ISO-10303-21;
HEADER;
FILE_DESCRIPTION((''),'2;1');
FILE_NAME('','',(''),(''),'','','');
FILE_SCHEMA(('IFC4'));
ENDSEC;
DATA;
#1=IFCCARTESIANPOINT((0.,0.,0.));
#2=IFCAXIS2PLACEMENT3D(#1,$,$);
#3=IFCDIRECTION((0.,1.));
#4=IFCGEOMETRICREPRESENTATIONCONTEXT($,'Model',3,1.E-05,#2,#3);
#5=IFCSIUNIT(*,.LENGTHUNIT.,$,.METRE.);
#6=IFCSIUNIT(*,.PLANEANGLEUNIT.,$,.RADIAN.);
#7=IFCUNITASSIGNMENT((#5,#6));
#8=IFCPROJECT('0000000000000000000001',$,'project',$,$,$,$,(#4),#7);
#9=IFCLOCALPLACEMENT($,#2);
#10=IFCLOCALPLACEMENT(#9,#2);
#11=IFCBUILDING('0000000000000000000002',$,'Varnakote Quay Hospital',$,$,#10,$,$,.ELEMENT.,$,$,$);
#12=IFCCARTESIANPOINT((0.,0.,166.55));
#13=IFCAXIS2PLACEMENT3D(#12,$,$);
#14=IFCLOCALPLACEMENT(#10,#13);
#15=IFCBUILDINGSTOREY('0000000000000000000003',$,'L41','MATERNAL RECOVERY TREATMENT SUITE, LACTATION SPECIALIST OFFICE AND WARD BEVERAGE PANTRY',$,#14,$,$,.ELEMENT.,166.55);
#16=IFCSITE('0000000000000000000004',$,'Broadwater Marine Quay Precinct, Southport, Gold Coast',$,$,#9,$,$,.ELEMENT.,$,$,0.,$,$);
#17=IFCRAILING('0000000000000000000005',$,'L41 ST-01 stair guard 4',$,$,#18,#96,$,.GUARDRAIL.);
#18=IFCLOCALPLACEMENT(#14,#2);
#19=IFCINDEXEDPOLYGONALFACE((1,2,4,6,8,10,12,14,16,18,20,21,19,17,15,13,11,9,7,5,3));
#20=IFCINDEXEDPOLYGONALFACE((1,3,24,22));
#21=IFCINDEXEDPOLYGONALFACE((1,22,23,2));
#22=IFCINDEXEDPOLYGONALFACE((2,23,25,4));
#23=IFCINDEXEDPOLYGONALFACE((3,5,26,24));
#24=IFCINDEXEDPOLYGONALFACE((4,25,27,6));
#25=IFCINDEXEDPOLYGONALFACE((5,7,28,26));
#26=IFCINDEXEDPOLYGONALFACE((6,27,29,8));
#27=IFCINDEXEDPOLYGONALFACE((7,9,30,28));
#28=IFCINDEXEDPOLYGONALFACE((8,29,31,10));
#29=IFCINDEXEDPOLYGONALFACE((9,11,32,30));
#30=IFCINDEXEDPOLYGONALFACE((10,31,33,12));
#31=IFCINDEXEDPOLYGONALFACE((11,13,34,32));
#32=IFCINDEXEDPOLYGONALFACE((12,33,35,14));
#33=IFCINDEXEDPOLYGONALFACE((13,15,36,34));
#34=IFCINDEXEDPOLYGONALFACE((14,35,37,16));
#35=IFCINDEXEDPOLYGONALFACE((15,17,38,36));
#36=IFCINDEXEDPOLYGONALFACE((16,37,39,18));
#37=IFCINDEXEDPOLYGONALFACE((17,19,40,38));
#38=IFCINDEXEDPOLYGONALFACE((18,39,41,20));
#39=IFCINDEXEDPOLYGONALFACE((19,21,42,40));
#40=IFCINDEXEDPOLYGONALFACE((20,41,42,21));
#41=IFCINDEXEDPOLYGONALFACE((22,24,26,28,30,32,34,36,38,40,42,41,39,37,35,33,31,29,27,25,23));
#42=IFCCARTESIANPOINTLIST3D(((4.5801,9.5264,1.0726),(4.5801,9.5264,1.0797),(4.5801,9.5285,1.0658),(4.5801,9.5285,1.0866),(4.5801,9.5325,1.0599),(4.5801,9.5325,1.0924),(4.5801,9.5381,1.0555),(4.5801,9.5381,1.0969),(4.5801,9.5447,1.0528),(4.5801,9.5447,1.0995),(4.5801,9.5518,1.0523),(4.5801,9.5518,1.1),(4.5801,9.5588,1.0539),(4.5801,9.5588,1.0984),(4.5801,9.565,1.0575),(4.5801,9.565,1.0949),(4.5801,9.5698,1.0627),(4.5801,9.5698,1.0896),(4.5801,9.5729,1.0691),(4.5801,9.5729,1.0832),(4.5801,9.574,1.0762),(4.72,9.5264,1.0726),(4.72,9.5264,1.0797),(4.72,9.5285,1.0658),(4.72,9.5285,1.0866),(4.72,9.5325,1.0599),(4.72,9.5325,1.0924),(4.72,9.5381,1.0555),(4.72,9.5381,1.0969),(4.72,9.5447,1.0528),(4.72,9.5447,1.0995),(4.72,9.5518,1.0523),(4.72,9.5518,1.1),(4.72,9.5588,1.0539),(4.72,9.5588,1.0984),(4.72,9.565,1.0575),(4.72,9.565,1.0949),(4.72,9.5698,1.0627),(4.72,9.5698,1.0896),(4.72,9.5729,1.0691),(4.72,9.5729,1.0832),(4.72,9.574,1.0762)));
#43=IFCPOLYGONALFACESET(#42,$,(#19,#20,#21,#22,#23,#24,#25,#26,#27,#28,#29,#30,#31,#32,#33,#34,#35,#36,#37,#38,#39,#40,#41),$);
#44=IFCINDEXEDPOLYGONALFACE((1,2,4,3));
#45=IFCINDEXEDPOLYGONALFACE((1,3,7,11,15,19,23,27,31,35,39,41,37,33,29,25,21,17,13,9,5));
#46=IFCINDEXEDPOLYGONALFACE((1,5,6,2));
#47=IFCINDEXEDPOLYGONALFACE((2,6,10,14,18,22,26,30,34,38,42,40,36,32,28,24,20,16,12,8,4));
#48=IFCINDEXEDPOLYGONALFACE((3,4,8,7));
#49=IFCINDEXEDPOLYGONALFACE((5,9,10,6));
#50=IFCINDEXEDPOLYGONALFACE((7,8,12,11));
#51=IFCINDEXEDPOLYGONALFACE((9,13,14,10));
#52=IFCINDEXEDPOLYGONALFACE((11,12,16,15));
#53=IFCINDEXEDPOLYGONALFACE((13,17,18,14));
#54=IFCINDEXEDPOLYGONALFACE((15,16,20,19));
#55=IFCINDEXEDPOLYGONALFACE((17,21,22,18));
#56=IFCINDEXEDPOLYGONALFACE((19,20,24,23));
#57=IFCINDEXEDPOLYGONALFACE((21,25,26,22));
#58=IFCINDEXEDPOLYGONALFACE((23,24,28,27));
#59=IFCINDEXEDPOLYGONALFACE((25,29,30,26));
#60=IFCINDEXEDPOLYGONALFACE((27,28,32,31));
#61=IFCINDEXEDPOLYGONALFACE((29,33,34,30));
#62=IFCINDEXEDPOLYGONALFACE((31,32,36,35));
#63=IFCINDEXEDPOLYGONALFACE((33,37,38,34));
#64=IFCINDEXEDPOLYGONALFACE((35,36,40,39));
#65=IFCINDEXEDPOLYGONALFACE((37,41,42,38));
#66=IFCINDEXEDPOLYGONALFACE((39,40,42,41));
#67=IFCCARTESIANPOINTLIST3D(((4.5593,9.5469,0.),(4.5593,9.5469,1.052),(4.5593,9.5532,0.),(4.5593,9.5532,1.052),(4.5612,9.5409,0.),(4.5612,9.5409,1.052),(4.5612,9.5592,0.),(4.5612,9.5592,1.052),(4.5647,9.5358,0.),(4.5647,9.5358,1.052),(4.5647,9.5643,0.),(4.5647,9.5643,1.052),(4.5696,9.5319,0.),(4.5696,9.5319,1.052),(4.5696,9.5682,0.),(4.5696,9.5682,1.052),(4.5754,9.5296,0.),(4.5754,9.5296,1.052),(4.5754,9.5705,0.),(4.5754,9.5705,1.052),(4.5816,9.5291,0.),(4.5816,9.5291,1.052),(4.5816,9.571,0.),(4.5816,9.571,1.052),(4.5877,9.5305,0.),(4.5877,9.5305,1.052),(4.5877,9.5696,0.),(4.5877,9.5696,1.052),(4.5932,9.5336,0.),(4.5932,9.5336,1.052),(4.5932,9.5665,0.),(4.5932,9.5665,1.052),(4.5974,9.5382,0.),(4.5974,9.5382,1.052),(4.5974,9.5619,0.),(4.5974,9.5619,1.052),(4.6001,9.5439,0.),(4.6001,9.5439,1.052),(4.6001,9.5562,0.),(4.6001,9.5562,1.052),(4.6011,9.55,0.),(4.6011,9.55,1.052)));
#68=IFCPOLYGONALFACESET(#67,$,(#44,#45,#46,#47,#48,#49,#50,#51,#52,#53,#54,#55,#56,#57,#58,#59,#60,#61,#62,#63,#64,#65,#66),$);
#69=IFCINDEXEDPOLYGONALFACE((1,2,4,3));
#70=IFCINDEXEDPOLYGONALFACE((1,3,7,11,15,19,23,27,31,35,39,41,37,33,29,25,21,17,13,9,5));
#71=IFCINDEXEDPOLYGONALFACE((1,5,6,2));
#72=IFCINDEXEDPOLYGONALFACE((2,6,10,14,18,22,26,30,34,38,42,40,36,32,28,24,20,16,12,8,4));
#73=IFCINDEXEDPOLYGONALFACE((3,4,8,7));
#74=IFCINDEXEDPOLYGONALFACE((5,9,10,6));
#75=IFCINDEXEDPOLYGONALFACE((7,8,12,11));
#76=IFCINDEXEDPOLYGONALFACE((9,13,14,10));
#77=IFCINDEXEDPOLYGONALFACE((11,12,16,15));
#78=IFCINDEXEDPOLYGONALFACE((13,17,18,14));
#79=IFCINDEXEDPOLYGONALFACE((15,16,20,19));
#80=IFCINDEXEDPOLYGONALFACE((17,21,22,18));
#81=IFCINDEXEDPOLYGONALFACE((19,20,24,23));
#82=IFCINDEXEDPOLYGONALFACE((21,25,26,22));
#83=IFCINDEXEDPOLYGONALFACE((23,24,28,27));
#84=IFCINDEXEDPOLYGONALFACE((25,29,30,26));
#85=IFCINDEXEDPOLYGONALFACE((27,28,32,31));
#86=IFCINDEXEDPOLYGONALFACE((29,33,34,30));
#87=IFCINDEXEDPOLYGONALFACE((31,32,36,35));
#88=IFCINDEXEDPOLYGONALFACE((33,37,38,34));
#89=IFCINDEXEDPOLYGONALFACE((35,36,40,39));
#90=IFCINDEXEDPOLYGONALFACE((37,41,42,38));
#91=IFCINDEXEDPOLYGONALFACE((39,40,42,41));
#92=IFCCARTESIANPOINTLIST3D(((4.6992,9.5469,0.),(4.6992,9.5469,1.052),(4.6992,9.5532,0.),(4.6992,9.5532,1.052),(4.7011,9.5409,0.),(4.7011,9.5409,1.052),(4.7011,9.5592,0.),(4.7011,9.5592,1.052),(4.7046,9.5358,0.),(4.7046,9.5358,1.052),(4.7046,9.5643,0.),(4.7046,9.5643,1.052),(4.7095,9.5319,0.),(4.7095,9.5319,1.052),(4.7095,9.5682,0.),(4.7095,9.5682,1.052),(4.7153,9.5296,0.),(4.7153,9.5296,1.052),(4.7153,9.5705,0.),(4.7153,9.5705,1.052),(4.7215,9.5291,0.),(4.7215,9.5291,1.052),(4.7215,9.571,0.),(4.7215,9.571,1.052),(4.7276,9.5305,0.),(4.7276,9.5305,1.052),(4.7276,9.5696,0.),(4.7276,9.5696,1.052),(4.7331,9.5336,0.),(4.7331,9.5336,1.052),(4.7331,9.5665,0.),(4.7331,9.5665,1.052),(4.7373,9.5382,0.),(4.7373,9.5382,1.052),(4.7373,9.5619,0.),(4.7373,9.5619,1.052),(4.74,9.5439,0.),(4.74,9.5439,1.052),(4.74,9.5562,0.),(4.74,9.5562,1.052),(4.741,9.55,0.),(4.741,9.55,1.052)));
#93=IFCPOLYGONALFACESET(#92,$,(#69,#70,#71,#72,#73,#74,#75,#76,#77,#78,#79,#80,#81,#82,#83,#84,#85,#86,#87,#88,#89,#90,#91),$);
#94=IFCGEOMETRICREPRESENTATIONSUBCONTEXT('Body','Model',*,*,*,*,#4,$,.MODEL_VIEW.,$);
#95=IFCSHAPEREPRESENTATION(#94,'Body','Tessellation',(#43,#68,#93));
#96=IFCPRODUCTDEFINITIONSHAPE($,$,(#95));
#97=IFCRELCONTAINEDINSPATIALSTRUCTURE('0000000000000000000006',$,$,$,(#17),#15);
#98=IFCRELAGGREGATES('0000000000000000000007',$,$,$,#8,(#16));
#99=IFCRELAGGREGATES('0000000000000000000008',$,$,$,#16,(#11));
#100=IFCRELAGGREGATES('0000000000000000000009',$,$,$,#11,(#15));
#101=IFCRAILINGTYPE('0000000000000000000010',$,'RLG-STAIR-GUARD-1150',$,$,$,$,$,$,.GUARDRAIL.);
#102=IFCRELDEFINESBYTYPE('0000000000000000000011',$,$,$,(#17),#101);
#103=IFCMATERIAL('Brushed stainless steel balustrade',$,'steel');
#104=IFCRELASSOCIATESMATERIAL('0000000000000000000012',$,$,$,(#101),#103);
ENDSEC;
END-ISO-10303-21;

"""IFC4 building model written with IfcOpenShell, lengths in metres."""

from ifc_helpers import new_model, si_unit, direction, frame, origin, origin_2d, place, context, subcontext, project, spatial, circle, extrude, material, type_object, element, save


model = new_model("IFC4")

# Units and contexts
model_context = context("Model", 3, precision=1e-05, world=origin(), true_north=direction((0.0, 1.0)))
body_context = subcontext(model_context, "Body", "Model", "MODEL_VIEW")
ifc_project = project(units=[si_unit("LENGTHUNIT", "METRE"), si_unit("PLANEANGLEUNIT", "RADIAN")], contexts=[model_context])

# Site, building, storey
site_placement = place(None, origin())
site = spatial("IfcSite", under=ifc_project, at=site_placement, Name="Broadwater Marine Quay Precinct, Southport, Gold Coast", CompositionType="ELEMENT", RefElevation=0.0)
building_placement = place(site_placement, origin())
building = spatial("IfcBuilding", under=site, at=building_placement, Name="Varnakote Quay Hospital", CompositionType="ELEMENT")
storey_placement = place(building_placement, frame((0.0, 0.0, 166.55)))
storey = spatial("IfcBuildingStorey", under=building, at=storey_placement, Name="L41", Description="MATERNAL RECOVERY TREATMENT SUITE, LACTATION SPECIALIST OFFICE AND WARD BEVERAGE PANTRY", CompositionType="ELEMENT", Elevation=166.55)

# Railing
ifc_material_1 = material(Name="Brushed stainless steel balustrade", Category="steel")
railing_type_1 = type_object("IfcRailingType", Name="RLG-STAIR-GUARD-1150", PredefinedType="GUARDRAIL", material=ifc_material_1)
railing_1_placement = place(storey_placement, frame((4.5801, 9.55, 0.0)))
element("IfcRailing", 1, at=railing_1_placement, inside=storey, type_object=railing_type_1, Name="L41 ST-01 stair guard 4", PredefinedType="GUARDRAIL", context=body_context, shape_type="SweptSolid", body=[
    extrude(circle(Radius=0.0239, at=origin_2d()), frame((0.0, 0.0, 1.0762), z_axis=(1.0, 0.0, 0.0), x_axis=(0.0, 1.0, 0.0)), (0.0, 0.0, 1.0), 0.1399),
    extrude(circle(Radius=0.021, at=origin_2d()), origin(), (0.0, 0.0, 1.0), 1.052),
    extrude(circle(Radius=0.021, at=origin_2d()), frame((0.1399, 0.0, 0.0)), (0.0, 0.0, 1.0), 1.052),
])

save(model, "model.ifc")
